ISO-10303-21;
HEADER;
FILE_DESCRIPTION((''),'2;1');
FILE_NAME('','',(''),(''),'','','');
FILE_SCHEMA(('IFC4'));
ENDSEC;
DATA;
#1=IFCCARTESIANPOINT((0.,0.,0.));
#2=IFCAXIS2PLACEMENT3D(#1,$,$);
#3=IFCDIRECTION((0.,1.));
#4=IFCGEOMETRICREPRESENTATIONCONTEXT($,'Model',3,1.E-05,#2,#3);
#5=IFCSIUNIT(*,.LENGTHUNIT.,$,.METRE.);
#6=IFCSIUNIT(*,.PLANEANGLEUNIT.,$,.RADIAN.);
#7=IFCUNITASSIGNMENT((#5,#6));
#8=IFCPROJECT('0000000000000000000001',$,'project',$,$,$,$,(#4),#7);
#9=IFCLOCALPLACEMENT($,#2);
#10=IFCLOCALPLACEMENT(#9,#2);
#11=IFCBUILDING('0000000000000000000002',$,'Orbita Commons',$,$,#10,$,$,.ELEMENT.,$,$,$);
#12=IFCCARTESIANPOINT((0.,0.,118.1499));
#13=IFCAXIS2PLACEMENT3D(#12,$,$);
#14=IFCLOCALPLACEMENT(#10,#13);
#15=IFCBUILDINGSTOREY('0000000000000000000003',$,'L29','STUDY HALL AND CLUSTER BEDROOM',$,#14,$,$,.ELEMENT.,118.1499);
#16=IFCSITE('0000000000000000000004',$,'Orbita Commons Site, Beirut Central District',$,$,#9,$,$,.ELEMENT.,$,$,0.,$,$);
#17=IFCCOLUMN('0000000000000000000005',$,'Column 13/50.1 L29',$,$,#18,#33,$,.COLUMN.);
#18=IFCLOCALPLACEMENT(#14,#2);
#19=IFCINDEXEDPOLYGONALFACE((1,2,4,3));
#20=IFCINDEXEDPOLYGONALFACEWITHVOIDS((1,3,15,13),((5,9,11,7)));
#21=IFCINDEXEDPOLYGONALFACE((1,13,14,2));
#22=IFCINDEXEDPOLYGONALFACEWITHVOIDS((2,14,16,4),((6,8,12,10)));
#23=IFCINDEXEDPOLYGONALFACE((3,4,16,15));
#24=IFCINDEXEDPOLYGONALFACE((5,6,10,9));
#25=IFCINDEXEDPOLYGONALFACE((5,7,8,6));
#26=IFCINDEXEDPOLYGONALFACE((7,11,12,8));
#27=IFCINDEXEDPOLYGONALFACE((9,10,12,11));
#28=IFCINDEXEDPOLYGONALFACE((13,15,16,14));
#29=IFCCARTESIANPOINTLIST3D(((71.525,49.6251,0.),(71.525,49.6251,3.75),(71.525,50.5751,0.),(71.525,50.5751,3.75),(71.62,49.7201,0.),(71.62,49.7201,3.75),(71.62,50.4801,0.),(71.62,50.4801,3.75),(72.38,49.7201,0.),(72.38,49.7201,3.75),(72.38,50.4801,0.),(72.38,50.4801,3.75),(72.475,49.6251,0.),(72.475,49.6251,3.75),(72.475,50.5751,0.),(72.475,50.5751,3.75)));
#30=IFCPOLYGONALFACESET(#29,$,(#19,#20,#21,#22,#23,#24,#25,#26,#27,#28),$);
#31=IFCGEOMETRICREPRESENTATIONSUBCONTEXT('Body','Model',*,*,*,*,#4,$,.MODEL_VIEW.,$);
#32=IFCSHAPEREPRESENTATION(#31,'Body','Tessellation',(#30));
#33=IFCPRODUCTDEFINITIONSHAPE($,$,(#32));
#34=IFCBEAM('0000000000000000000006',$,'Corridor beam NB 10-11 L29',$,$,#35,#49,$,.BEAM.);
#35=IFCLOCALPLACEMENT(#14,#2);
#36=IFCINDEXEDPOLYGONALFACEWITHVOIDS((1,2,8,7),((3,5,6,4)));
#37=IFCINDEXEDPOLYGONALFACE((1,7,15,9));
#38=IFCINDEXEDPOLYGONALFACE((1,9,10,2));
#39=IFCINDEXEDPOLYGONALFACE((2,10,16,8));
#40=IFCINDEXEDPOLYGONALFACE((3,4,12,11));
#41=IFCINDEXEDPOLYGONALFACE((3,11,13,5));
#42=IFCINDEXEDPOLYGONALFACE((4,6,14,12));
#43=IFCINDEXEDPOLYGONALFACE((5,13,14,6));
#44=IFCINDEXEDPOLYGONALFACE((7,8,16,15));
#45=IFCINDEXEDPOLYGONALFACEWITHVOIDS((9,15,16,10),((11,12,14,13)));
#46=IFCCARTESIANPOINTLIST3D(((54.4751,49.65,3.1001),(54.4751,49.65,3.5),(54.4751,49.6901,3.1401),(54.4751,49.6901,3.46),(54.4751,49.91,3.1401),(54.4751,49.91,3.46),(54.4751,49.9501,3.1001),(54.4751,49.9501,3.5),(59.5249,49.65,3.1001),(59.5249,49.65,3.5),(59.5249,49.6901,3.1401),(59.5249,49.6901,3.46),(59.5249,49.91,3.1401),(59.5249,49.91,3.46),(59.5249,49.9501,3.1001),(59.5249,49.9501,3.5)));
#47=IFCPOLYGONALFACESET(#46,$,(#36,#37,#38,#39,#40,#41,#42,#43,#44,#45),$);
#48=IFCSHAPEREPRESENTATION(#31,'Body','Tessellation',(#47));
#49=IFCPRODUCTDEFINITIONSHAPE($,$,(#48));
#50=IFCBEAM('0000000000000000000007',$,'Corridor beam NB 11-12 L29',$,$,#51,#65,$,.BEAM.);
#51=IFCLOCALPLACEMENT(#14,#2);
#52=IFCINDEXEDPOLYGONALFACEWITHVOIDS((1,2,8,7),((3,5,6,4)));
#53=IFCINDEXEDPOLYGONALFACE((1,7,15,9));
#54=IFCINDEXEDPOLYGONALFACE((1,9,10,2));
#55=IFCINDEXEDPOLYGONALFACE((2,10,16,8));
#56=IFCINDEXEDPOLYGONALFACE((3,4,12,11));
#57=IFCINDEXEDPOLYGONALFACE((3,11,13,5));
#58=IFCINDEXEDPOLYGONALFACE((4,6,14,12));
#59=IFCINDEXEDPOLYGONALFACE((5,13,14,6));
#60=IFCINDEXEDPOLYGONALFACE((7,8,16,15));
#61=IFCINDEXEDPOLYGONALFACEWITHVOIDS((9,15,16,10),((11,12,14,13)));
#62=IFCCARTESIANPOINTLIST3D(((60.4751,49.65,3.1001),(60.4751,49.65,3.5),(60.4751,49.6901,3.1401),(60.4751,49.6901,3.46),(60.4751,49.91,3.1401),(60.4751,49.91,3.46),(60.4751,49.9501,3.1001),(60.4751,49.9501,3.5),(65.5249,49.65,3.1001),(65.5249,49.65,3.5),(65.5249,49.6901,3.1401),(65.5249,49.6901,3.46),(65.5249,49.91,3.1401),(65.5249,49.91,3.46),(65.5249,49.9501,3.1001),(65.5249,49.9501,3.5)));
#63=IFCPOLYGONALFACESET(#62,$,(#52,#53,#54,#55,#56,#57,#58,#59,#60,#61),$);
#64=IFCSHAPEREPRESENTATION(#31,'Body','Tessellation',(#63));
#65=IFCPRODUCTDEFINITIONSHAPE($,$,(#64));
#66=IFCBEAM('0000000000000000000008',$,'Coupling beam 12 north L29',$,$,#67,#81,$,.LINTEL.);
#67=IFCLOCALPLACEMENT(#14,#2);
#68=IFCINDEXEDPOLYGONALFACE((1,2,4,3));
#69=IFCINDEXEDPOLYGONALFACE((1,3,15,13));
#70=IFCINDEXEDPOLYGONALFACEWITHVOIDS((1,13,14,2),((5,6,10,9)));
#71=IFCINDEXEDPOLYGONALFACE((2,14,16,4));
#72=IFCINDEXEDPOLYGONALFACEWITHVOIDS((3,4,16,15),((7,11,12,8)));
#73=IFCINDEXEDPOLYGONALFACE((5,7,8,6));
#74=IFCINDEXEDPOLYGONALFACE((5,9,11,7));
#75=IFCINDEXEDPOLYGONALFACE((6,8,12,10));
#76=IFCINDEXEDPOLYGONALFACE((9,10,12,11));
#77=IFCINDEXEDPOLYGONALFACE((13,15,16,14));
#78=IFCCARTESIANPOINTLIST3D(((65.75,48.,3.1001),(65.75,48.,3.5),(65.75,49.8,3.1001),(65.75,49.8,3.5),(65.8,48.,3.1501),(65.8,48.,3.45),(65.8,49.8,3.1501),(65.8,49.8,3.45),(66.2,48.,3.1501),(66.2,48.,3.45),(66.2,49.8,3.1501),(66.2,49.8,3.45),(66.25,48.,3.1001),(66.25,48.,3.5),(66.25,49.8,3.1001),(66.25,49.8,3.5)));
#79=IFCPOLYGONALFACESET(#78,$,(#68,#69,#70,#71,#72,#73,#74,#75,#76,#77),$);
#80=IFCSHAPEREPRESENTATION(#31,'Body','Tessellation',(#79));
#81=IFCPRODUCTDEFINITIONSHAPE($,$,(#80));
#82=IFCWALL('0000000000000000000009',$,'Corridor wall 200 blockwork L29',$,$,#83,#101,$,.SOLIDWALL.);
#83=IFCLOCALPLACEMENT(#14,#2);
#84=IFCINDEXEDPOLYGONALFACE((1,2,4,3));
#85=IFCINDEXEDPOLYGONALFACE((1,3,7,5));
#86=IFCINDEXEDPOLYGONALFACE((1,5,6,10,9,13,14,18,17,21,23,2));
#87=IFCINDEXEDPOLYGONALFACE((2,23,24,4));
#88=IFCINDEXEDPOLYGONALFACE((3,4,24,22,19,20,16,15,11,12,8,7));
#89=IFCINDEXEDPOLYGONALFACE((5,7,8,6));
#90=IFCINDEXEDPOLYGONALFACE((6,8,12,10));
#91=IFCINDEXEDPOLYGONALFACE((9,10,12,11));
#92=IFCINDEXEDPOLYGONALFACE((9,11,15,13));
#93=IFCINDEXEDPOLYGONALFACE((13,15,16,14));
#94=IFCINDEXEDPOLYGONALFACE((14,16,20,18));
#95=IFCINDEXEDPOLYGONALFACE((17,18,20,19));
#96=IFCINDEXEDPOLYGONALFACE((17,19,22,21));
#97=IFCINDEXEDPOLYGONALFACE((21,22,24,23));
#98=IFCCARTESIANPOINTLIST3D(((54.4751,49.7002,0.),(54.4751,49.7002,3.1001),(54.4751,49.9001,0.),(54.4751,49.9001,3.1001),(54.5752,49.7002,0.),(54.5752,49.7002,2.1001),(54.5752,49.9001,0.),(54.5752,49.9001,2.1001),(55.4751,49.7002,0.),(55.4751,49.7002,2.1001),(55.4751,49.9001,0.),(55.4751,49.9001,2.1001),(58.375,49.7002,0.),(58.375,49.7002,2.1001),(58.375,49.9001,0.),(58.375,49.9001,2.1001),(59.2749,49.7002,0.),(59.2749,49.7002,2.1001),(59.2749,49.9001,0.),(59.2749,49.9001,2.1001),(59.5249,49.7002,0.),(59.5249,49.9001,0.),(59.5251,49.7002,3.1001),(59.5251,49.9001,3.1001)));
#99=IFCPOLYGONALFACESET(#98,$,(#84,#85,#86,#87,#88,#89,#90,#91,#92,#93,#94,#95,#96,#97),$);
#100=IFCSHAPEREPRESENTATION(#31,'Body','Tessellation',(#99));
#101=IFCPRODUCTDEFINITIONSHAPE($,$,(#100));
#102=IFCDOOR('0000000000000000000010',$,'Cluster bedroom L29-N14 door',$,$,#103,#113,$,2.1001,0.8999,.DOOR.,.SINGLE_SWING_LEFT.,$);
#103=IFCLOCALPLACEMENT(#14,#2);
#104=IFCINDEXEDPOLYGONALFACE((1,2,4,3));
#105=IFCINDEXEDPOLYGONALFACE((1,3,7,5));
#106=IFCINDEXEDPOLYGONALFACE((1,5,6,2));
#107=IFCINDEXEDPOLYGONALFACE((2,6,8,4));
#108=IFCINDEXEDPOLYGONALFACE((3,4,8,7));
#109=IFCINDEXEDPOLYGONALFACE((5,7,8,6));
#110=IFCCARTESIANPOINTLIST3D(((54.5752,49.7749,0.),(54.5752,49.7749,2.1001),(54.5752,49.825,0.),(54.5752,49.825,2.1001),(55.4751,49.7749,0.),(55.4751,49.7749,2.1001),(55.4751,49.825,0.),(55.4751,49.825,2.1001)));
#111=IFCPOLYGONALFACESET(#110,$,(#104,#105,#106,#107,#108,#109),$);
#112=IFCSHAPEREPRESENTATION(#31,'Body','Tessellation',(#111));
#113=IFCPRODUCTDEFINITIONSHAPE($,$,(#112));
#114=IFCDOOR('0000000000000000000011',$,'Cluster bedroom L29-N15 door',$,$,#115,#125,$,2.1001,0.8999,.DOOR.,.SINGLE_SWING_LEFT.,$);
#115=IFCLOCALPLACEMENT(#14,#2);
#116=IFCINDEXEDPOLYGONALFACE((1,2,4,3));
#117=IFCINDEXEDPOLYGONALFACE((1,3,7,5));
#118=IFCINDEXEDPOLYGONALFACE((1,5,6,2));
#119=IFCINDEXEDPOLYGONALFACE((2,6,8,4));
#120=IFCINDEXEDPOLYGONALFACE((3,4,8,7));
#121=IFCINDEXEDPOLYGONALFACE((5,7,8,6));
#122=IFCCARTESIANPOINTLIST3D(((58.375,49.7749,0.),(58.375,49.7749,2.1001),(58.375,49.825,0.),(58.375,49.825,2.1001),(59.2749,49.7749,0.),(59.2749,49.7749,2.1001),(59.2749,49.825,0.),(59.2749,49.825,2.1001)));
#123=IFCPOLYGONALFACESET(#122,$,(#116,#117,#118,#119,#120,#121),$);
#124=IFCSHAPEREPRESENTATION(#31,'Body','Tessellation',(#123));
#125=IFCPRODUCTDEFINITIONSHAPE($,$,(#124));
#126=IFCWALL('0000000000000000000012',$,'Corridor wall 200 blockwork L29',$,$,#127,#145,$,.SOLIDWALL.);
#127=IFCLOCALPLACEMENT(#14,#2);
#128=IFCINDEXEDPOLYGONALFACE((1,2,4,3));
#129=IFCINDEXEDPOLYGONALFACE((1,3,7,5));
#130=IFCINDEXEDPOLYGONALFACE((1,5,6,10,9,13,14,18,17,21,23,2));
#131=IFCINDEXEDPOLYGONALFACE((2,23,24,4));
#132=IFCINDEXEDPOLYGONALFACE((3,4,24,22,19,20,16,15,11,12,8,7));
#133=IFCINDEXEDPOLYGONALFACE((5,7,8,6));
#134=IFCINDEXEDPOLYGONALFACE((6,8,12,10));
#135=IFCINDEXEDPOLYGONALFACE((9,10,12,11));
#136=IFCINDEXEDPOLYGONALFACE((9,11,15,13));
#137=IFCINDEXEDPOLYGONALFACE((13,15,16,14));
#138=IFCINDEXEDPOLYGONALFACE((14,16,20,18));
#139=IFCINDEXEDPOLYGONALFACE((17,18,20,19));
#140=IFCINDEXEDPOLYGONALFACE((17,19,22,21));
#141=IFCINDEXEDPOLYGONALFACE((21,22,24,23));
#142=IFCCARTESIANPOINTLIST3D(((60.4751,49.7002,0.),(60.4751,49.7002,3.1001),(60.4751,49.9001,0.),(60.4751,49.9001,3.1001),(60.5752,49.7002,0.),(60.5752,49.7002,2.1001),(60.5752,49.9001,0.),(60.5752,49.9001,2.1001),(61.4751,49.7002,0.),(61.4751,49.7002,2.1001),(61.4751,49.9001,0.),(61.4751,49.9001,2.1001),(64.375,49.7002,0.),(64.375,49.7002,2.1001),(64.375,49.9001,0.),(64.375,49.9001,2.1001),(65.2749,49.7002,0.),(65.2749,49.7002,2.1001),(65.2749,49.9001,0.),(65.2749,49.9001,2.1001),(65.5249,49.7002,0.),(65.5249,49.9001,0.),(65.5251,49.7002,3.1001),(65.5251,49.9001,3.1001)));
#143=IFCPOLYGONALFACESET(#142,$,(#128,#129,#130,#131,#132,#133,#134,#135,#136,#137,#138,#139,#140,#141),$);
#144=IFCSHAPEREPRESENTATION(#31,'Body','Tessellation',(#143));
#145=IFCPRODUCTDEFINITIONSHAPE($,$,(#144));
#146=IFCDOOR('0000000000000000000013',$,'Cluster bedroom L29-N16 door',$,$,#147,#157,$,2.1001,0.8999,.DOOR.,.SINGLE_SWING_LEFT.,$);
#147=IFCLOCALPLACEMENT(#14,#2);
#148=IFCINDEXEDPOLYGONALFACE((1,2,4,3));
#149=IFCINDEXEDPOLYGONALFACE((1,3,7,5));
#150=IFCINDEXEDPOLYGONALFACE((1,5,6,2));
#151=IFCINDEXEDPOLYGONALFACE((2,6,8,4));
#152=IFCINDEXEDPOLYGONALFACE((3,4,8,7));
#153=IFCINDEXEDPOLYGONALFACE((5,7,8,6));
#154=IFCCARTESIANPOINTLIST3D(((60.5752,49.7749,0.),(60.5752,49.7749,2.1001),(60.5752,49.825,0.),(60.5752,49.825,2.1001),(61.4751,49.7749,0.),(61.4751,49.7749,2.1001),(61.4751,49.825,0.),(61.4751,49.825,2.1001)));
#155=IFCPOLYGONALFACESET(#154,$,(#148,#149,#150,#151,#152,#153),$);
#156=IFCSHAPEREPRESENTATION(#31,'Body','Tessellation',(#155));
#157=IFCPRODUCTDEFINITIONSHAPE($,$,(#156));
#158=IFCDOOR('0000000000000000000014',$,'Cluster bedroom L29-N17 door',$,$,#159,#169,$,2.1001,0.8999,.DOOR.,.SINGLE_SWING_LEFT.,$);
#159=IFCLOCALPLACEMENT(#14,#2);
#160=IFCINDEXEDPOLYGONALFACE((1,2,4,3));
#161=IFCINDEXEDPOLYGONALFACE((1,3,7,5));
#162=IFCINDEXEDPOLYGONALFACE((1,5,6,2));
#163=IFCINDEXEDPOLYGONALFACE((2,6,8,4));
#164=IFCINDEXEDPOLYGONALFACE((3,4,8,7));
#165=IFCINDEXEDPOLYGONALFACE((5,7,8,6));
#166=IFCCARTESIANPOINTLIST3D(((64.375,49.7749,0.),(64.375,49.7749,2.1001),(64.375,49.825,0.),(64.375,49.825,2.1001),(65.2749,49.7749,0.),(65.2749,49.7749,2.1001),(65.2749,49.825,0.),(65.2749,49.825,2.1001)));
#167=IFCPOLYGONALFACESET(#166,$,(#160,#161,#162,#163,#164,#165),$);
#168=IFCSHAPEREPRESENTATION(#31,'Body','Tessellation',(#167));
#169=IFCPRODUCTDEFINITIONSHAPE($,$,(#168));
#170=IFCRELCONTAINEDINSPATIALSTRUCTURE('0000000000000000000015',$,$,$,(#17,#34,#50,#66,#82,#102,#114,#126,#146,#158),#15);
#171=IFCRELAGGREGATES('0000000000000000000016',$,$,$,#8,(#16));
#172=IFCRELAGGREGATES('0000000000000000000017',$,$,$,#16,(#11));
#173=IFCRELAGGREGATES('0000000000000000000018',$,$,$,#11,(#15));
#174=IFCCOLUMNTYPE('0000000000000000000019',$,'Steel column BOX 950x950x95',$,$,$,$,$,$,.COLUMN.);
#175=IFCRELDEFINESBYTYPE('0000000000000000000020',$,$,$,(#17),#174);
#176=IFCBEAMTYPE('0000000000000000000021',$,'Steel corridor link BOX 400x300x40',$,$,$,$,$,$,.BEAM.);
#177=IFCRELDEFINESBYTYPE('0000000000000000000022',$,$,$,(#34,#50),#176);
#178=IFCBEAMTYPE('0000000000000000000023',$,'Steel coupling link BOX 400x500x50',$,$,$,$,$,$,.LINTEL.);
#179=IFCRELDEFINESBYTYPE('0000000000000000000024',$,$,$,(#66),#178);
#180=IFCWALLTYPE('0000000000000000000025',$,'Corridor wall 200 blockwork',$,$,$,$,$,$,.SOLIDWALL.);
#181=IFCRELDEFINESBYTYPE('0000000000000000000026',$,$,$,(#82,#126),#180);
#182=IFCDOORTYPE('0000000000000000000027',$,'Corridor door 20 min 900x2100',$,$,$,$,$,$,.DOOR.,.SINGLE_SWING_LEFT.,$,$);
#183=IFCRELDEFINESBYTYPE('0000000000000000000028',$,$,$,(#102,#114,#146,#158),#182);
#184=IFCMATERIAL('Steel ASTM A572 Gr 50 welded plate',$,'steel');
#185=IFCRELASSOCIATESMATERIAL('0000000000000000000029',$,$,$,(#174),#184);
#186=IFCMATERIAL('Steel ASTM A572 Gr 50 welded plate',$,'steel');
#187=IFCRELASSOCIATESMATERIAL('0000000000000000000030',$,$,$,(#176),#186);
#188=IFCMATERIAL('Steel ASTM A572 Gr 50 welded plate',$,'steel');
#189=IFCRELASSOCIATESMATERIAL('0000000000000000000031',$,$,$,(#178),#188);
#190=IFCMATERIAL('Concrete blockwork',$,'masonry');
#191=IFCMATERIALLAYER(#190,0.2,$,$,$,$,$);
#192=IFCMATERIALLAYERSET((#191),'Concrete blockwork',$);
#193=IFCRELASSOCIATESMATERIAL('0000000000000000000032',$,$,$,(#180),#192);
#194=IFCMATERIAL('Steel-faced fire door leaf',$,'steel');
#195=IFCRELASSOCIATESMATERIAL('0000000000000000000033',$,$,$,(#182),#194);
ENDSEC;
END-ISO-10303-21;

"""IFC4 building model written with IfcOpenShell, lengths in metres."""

from ifc_helpers import new_model, si_unit, direction, frame, frame_2d, origin, origin_2d, place, context, subcontext, project, spatial, polyline, rectangle, hollow_rectangle, outline, extrude, material, layer, layer_set, material_profile, profile_set, type_object, element, fill, save


model = new_model("IFC4")

# Units and contexts
model_context = context("Model", 3, precision=1e-05, world=origin(), true_north=direction((0.0, 1.0)))
body_context = subcontext(model_context, "Body", "Model", "MODEL_VIEW")
ifc_project = project(units=[si_unit("LENGTHUNIT", "METRE"), si_unit("PLANEANGLEUNIT", "RADIAN")], contexts=[model_context])

# Site, building, storey
site_placement = place(None, origin())
site = spatial("IfcSite", under=ifc_project, at=site_placement, Name="Orbita Commons Site, Beirut Central District", CompositionType="ELEMENT", RefElevation=0.0)
building_placement = place(site_placement, origin())
building = spatial("IfcBuilding", under=site, at=building_placement, Name="Orbita Commons", CompositionType="ELEMENT")
storey_placement = place(building_placement, frame((0.0, 0.0, 118.1499)))
storey = spatial("IfcBuildingStorey", under=building, at=storey_placement, Name="L29", Description="STUDY HALL AND CLUSTER BEDROOM", CompositionType="ELEMENT", Elevation=118.1499)

# Column
ifc_material_1 = material(Name="Steel ASTM A572 Gr 50 welded plate", Category="steel")
ifc_material_profile_1 = material_profile(ifc_material_1, hollow_rectangle(XDim=0.95, YDim=0.95, WallThickness=0.095, at=origin_2d()), Name="BOX 950x950x95")
ifc_profile_set_1 = profile_set([ifc_material_profile_1], Name="Steel ASTM A572 Gr 50 welded plate")
column_type = type_object("IfcColumnType", Name="Steel column BOX 950x950x95", PredefinedType="COLUMN", material=ifc_profile_set_1)
column_placement = place(storey_placement, frame((72.0, 50.1001, 0.0), z_axis=(0.0, 0.0, 1.0), x_axis=(1.0, 0.0, 0.0)))
element("IfcColumn", 1, at=column_placement, inside=storey, type_object=column_type, Name="Column 13/50.1 L29", PredefinedType="COLUMN", context=body_context, shape_type="SweptSolid", body=[
    extrude(hollow_rectangle(XDim=0.95, YDim=0.95, WallThickness=0.095, at=origin_2d()), origin(), (0.0, 0.0, 1.0), 3.75),
])

# Beams
ifc_material_2 = material(Name="Steel ASTM A572 Gr 50 welded plate", Category="steel")
ifc_material_profile_2 = material_profile(ifc_material_2, hollow_rectangle(XDim=0.3, YDim=0.3999, WallThickness=0.04, at=origin_2d()), Name="BOX 400x300x40")
ifc_profile_set_2 = profile_set([ifc_material_profile_2], Name="Steel ASTM A572 Gr 50 welded plate")
beam_type_1 = type_object("IfcBeamType", Name="Steel corridor link BOX 400x300x40", PredefinedType="BEAM", material=ifc_profile_set_2)
for number, where, z_axis, x_axis, name in (
    (2, (54.4751, 49.8, 3.3), (1.0, 0.0, 0.0), (0.0, 1.0, 0.0), "Corridor beam NB 10-11 L29"),
    (3, (60.4751, 49.8, 3.3), (1.0, 0.0, 0.0), (0.0, 1.0, 0.0), "Corridor beam NB 11-12 L29"),
):
    element("IfcBeam", number, at=place(storey_placement, frame(where, z_axis=z_axis, x_axis=x_axis)), inside=storey, type_object=beam_type_1, Name=name, PredefinedType="BEAM", context=body_context, shape_type="SweptSolid", body=[
        extrude(hollow_rectangle(XDim=0.3, YDim=0.3999, WallThickness=0.04, at=origin_2d()), origin(), (0.0, 0.0, 1.0), 5.0498),
    ])
ifc_material_3 = material(Name="Steel ASTM A572 Gr 50 welded plate", Category="steel")
ifc_material_profile_3 = material_profile(ifc_material_3, hollow_rectangle(XDim=0.5, YDim=0.3999, WallThickness=0.05, at=origin_2d()), Name="BOX 400x500x50")
ifc_profile_set_3 = profile_set([ifc_material_profile_3], Name="Steel ASTM A572 Gr 50 welded plate")
beam_type_2 = type_object("IfcBeamType", Name="Steel coupling link BOX 400x500x50", PredefinedType="LINTEL", material=ifc_profile_set_3)
beam_placement = place(storey_placement, frame((66.0, 48.0, 3.3), z_axis=(0.0, 1.0, 0.0), x_axis=(-1.0, 0.0, 0.0)))
element("IfcBeam", 4, at=beam_placement, inside=storey, type_object=beam_type_2, Name="Coupling beam 12 north L29", PredefinedType="LINTEL", context=body_context, shape_type="SweptSolid", body=[
    extrude(hollow_rectangle(XDim=0.5, YDim=0.3999, WallThickness=0.05, at=origin_2d()), origin(), (0.0, 0.0, 1.0), 1.8),
])

# Walls, openings, doors
ifc_material_4 = material(Name="Concrete blockwork", Category="masonry")
ifc_layer_1 = layer(ifc_material_4, 0.2)
ifc_layer_set_1 = layer_set([ifc_layer_1], Name="Concrete blockwork")
wall_type_1 = type_object("IfcWallType", Name="Corridor wall 200 blockwork", PredefinedType="SOLIDWALL", material=ifc_layer_set_1)
wall_1_placement = place(storey_placement, frame((54.4751, 49.8, 0.0), z_axis=(0.0, 0.0, 1.0), x_axis=(1.0, 0.0, 0.0)))
wall_1 = element("IfcWall", 5, at=wall_1_placement, inside=storey, type_object=wall_type_1, Name="Corridor wall 200 blockwork L29", PredefinedType="SOLIDWALL", context=body_context, shape_type="SweptSolid", body=[
    extrude(outline(polyline([(0.0, 0.0), (5.0498, 0.0), (5.05, 3.1001), (0.0, 3.1001), (0.0, 0.0)])), frame((0.0, 0.1001, 0.0), z_axis=(0.0, -1.0, 0.0), x_axis=(1.0, 0.0, 0.0)), (0.0, 0.0, 1.0), 0.2),
])
opening_1_placement = place(wall_1_placement, frame((0.1001, 0.0, 0.0)))
opening_1 = element("IfcOpeningElement", 6, at=opening_1_placement, cuts=wall_1, PredefinedType="OPENING", context=body_context, shape_type="SweptSolid", body=[
    extrude(rectangle(XDim=0.8999, YDim=2.1001, at=frame_2d((0.45, 1.05))), frame((0.0, 0.1099, 0.0), z_axis=(0.0, -1.0, 0.0), x_axis=(1.0, 0.0, 0.0)), (0.0, 0.0, 1.0), 0.22),
])
opening_2_placement = place(wall_1_placement, frame((3.8999, 0.0, 0.0)))
opening_2 = element("IfcOpeningElement", 7, at=opening_2_placement, cuts=wall_1, PredefinedType="OPENING", context=body_context, shape_type="SweptSolid", body=[
    extrude(rectangle(XDim=0.8999, YDim=2.1001, at=frame_2d((0.45, 1.05))), frame((0.0, 0.1099, 0.0), z_axis=(0.0, -1.0, 0.0), x_axis=(1.0, 0.0, 0.0)), (0.0, 0.0, 1.0), 0.22),
])
ifc_material_5 = material(Name="Steel-faced fire door leaf", Category="steel")
door_type_1 = type_object("IfcDoorType", Name="Corridor door 20 min 900x2100", OperationType="SINGLE_SWING_LEFT", PredefinedType="DOOR", material=ifc_material_5)
door_1_placement = place(opening_1_placement, origin())
door_1 = element("IfcDoor", 8, at=door_1_placement, inside=storey, type_object=door_type_1, Name="Cluster bedroom L29-N14 door", OperationType="SINGLE_SWING_LEFT", OverallHeight=2.1001, OverallWidth=0.8999, PredefinedType="DOOR", context=body_context, shape_type="SweptSolid", body=[
    extrude(rectangle(XDim=0.8999, YDim=2.1001, at=frame_2d((0.45, 1.05))), frame((0.0, 0.0249, 0.0), z_axis=(0.0, -1.0, 0.0), x_axis=(1.0, 0.0, 0.0)), (0.0, 0.0, 1.0), 0.05),
])
fill(opening_1, door_1)
door_2_placement = place(opening_2_placement, origin())
door_2 = element("IfcDoor", 9, at=door_2_placement, inside=storey, type_object=door_type_1, Name="Cluster bedroom L29-N15 door", OperationType="SINGLE_SWING_LEFT", OverallHeight=2.1001, OverallWidth=0.8999, PredefinedType="DOOR", context=body_context, shape_type="SweptSolid", body=[
    extrude(rectangle(XDim=0.8999, YDim=2.1001, at=frame_2d((0.45, 1.05))), frame((0.0, 0.0249, 0.0), z_axis=(0.0, -1.0, 0.0), x_axis=(1.0, 0.0, 0.0)), (0.0, 0.0, 1.0), 0.05),
])
fill(opening_2, door_2)
wall_2_placement = place(storey_placement, frame((60.4751, 49.8, 0.0), z_axis=(0.0, 0.0, 1.0), x_axis=(1.0, 0.0, 0.0)))
wall_2 = element("IfcWall", 10, at=wall_2_placement, inside=storey, type_object=wall_type_1, Name="Corridor wall 200 blockwork L29", PredefinedType="SOLIDWALL", context=body_context, shape_type="SweptSolid", body=[
    extrude(outline(polyline([(0.0, 0.0), (5.0498, 0.0), (5.05, 3.1001), (0.0, 3.1001), (0.0, 0.0)])), frame((0.0, 0.1001, 0.0), z_axis=(0.0, -1.0, 0.0), x_axis=(1.0, 0.0, 0.0)), (0.0, 0.0, 1.0), 0.2),
])
opening_3_placement = place(wall_2_placement, frame((0.1001, 0.0, 0.0)))
opening_3 = element("IfcOpeningElement", 11, at=opening_3_placement, cuts=wall_2, PredefinedType="OPENING", context=body_context, shape_type="SweptSolid", body=[
    extrude(rectangle(XDim=0.8999, YDim=2.1001, at=frame_2d((0.45, 1.05))), frame((0.0, 0.1099, 0.0), z_axis=(0.0, -1.0, 0.0), x_axis=(1.0, 0.0, 0.0)), (0.0, 0.0, 1.0), 0.22),
])
opening_4_placement = place(wall_2_placement, frame((3.8999, 0.0, 0.0)))
opening_4 = element("IfcOpeningElement", 12, at=opening_4_placement, cuts=wall_2, PredefinedType="OPENING", context=body_context, shape_type="SweptSolid", body=[
    extrude(rectangle(XDim=0.8999, YDim=2.1001, at=frame_2d((0.45, 1.05))), frame((0.0, 0.1099, 0.0), z_axis=(0.0, -1.0, 0.0), x_axis=(1.0, 0.0, 0.0)), (0.0, 0.0, 1.0), 0.22),
])
door_3_placement = place(opening_3_placement, origin())
door_3 = element("IfcDoor", 13, at=door_3_placement, inside=storey, type_object=door_type_1, Name="Cluster bedroom L29-N16 door", OperationType="SINGLE_SWING_LEFT", OverallHeight=2.1001, OverallWidth=0.8999, PredefinedType="DOOR", context=body_context, shape_type="SweptSolid", body=[
    extrude(rectangle(XDim=0.8999, YDim=2.1001, at=frame_2d((0.45, 1.05))), frame((0.0, 0.0249, 0.0), z_axis=(0.0, -1.0, 0.0), x_axis=(1.0, 0.0, 0.0)), (0.0, 0.0, 1.0), 0.05),
])
fill(opening_3, door_3)
door_4_placement = place(opening_4_placement, origin())
door_4 = element("IfcDoor", 14, at=door_4_placement, inside=storey, type_object=door_type_1, Name="Cluster bedroom L29-N17 door", OperationType="SINGLE_SWING_LEFT", OverallHeight=2.1001, OverallWidth=0.8999, PredefinedType="DOOR", context=body_context, shape_type="SweptSolid", body=[
    extrude(rectangle(XDim=0.8999, YDim=2.1001, at=frame_2d((0.45, 1.05))), frame((0.0, 0.0249, 0.0), z_axis=(0.0, -1.0, 0.0), x_axis=(1.0, 0.0, 0.0)), (0.0, 0.0, 1.0), 0.05),
])
fill(opening_4, door_4)

save(model, "model.ifc")
